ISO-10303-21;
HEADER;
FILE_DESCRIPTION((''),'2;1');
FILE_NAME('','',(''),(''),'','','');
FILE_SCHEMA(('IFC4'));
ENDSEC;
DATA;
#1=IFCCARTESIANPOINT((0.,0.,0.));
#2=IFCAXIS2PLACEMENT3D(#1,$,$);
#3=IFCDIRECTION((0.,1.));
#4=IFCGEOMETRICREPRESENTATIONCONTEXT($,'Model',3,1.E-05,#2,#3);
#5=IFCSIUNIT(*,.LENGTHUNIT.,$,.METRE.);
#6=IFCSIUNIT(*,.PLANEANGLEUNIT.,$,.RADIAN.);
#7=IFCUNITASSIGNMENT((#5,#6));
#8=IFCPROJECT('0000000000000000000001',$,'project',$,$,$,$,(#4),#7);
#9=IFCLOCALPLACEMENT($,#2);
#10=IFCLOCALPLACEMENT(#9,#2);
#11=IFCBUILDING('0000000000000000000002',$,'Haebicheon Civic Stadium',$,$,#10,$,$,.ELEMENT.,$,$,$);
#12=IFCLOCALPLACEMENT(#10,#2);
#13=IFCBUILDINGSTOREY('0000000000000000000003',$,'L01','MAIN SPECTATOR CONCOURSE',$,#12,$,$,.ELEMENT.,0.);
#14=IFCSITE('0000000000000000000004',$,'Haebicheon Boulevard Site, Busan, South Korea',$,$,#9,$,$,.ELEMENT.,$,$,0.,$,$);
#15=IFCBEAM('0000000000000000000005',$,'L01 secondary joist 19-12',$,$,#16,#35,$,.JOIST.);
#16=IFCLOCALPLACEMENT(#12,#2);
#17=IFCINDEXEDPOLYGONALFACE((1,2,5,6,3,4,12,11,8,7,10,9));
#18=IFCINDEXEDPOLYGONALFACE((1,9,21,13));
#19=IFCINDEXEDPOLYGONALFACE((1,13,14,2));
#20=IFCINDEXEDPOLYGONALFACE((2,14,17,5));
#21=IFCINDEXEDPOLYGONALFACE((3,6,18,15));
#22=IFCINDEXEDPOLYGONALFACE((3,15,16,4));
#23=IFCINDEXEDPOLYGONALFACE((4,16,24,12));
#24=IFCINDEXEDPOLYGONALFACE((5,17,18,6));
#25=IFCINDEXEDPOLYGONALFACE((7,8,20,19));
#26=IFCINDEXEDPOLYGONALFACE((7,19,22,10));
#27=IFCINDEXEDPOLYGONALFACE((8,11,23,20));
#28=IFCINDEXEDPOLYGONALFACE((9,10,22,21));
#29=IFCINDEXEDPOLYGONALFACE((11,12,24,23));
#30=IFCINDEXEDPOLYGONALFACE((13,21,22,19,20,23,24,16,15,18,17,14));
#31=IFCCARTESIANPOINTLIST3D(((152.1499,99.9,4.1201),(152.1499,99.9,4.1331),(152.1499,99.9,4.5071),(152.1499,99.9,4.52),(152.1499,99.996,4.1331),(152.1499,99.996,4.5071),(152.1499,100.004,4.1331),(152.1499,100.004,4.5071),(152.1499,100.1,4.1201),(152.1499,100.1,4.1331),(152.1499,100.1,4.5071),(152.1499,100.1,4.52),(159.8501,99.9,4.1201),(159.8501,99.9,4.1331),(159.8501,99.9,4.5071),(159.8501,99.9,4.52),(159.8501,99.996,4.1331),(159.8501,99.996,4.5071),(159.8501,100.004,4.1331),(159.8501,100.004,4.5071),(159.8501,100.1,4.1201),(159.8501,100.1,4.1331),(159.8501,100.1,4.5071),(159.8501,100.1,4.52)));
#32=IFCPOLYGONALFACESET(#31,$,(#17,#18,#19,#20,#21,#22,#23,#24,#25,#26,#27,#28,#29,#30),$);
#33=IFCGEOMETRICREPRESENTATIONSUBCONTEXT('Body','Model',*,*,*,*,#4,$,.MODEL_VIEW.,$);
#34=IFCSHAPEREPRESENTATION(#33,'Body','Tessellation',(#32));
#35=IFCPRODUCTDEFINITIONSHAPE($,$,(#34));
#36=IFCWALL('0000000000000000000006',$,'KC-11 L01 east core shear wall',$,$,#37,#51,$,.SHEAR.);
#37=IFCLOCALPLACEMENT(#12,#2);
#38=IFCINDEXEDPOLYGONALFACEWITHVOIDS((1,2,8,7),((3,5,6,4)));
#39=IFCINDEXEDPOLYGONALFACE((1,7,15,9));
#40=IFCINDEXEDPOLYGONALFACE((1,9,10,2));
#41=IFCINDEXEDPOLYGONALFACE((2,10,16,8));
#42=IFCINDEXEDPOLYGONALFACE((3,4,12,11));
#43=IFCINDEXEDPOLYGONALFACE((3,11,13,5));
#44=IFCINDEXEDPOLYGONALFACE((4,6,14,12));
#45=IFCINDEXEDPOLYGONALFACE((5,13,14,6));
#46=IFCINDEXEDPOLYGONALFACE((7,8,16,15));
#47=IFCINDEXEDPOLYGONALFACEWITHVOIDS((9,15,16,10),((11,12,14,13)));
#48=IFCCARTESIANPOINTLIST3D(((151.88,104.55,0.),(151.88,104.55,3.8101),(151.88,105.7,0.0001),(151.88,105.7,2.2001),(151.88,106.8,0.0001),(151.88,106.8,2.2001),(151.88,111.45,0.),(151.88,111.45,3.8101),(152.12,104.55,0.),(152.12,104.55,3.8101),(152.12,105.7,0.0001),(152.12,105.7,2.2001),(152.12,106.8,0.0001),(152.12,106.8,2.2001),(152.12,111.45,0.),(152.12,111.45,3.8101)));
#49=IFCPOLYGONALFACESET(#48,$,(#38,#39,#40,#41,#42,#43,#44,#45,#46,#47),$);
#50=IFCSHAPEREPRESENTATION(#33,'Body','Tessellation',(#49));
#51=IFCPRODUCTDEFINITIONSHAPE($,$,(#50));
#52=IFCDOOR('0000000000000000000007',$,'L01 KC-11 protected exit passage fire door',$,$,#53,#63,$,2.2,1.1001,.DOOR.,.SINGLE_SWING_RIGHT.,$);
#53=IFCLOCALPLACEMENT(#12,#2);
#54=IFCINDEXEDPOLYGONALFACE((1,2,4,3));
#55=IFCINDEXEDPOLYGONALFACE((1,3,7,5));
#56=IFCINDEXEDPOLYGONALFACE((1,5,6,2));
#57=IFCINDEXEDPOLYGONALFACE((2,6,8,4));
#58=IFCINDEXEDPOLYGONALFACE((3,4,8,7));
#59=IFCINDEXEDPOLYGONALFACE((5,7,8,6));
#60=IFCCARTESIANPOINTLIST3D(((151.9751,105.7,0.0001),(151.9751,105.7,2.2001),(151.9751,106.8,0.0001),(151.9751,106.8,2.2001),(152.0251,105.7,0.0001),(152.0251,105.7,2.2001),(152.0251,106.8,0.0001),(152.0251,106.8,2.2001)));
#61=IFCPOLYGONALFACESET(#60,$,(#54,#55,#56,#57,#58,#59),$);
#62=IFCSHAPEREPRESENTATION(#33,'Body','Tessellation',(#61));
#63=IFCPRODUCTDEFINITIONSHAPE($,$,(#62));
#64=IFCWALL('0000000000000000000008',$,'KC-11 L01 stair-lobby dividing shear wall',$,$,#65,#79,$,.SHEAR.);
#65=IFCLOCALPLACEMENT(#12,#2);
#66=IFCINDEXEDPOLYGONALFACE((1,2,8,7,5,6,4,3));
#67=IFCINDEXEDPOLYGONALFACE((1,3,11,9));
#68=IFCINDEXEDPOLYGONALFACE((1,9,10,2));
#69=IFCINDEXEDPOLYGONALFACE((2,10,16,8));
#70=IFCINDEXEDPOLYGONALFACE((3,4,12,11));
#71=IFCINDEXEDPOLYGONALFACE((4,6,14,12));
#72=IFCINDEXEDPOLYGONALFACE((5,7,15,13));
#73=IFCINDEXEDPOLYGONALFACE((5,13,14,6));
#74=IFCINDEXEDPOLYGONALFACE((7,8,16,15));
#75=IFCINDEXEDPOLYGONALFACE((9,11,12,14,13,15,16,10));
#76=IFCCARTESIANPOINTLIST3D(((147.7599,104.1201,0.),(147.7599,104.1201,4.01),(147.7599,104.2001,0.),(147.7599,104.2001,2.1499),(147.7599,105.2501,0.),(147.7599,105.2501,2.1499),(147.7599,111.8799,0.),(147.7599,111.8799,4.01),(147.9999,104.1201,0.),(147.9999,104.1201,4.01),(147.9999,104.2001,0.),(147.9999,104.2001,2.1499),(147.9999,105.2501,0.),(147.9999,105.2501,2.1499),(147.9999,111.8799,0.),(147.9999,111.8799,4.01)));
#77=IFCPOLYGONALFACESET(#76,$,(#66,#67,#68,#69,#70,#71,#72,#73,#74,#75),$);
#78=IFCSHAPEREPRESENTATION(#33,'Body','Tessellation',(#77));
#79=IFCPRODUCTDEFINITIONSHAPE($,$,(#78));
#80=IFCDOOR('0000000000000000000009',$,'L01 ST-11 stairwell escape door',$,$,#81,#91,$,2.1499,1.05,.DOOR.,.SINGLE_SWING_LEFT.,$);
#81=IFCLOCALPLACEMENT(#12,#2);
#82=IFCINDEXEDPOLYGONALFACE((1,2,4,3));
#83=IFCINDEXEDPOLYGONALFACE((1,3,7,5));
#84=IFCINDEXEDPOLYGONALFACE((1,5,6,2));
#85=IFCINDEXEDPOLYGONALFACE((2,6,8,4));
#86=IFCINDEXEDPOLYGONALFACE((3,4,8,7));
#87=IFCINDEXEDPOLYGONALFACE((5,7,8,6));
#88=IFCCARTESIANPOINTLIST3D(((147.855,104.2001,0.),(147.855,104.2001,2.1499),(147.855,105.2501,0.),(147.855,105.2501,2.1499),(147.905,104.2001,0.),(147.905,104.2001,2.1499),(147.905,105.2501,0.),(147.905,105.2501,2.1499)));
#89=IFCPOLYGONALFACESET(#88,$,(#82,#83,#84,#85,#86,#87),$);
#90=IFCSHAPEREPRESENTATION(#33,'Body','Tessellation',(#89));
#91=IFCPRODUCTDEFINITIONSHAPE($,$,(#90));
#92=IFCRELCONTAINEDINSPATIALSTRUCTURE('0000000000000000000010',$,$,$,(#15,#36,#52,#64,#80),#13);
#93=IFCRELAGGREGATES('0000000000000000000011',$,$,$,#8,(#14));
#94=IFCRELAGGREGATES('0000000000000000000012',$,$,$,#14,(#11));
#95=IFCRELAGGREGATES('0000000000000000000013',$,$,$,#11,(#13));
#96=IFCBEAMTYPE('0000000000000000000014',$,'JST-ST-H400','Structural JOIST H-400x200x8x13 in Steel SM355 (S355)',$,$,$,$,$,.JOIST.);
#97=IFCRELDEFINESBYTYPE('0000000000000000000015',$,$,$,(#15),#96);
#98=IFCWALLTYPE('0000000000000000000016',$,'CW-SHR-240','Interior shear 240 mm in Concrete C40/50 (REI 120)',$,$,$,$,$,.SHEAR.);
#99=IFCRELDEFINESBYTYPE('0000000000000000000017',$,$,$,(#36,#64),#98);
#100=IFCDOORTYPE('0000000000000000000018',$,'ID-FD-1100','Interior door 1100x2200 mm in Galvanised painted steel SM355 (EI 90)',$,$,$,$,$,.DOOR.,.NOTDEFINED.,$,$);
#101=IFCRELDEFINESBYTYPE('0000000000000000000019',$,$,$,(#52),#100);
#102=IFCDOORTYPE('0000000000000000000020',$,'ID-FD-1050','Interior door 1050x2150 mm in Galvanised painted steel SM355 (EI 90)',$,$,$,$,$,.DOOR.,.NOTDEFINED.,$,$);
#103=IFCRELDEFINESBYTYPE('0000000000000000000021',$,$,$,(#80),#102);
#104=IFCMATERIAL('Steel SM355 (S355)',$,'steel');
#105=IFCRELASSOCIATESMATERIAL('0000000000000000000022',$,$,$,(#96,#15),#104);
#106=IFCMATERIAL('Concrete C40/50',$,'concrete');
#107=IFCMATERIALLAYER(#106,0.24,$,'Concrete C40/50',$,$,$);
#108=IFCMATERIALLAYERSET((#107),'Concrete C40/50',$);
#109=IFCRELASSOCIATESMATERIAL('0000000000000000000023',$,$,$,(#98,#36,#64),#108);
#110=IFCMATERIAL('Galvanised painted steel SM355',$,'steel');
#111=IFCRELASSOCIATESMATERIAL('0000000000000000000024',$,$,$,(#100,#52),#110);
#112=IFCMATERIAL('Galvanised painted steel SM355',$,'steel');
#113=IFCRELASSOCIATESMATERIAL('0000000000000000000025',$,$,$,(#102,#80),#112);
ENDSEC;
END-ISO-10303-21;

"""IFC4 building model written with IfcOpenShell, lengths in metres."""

from ifc_helpers import new_model, si_unit, direction, frame, frame_2d, origin, origin_2d, place, context, subcontext, project, spatial, rectangle, i_section, extrude, material, layer, layer_set, material_profile, profile_set, type_object, element, fill, save


model = new_model("IFC4")

# Units and contexts
model_context = context("Model", 3, precision=1e-05, world=origin(), true_north=direction((0.0, 1.0)))
body_context = subcontext(model_context, "Body", "Model", "MODEL_VIEW")
ifc_project = project(units=[si_unit("LENGTHUNIT", "METRE"), si_unit("PLANEANGLEUNIT", "RADIAN")], contexts=[model_context])

# Site, building, storey
site_placement = place(None, origin())
site = spatial("IfcSite", under=ifc_project, at=site_placement, Name="Haebicheon Boulevard Site, Busan, South Korea", CompositionType="ELEMENT", RefElevation=0.0)
building_placement = place(site_placement, origin())
building = spatial("IfcBuilding", under=site, at=building_placement, Name="Haebicheon Civic Stadium", CompositionType="ELEMENT")
storey_placement = place(building_placement, origin())
storey = spatial("IfcBuildingStorey", under=building, at=storey_placement, Name="L01", Description="MAIN SPECTATOR CONCOURSE", CompositionType="ELEMENT", Elevation=0.0)

# Beam
ifc_material_1 = material(Name="Steel SM355 (S355)", Category="steel")
ifc_material_profile_1 = material_profile(ifc_material_1, i_section(OverallWidth=0.2, OverallDepth=0.3999, WebThickness=0.0081, FlangeThickness=0.0129, at=origin_2d()), Name="H-400x200x8x13")
ifc_profile_set_1 = profile_set([ifc_material_profile_1], Name="Steel SM355 (S355)")
beam_type_1 = type_object("IfcBeamType", Name="JST-ST-H400", Description="Structural JOIST H-400x200x8x13 in Steel SM355 (S355)", PredefinedType="JOIST", material=ifc_profile_set_1)
beam_1_placement = place(storey_placement, frame((152.1499, 100.0, 4.3201), z_axis=(1.0, 0.0, 0.0), x_axis=(0.0, 1.0, 0.0)))
element("IfcBeam", 1, at=beam_1_placement, inside=storey, type_object=beam_type_1, material=ifc_profile_set_1, Name="L01 secondary joist 19-12", PredefinedType="JOIST", context=body_context, shape_type="SweptSolid", body=[
    extrude(i_section(OverallWidth=0.2, OverallDepth=0.3999, WebThickness=0.0081, FlangeThickness=0.0129, at=origin_2d()), origin(), (0.0, 0.0, 1.0), 7.7002),
])

# Walls, openings, doors
ifc_material_2 = material(Name="Concrete C40/50", Category="concrete")
ifc_layer_1 = layer(ifc_material_2, 0.24, Name="Concrete C40/50")
ifc_layer_set_1 = layer_set([ifc_layer_1], Name="Concrete C40/50")
wall_type = type_object("IfcWallType", Name="CW-SHR-240", Description="Interior shear 240 mm in Concrete C40/50 (REI 120)", PredefinedType="SHEAR", material=ifc_layer_set_1)
wall_1_placement = place(storey_placement, frame((152.0, 104.55, 0.0), z_axis=(0.0, 0.0, 1.0), x_axis=(0.0, 1.0, 0.0)))
wall_1 = element("IfcWall", 2, at=wall_1_placement, inside=storey, type_object=wall_type, material=ifc_layer_set_1, Name="KC-11 L01 east core shear wall", PredefinedType="SHEAR", context=body_context, shape_type="SweptSolid", body=[
    extrude(rectangle(XDim=6.8999, YDim=0.24, at=frame_2d((3.45, 0.0))), origin(), (0.0, 0.0, 1.0), 3.8101),
])
opening_1_placement = place(wall_1_placement, frame((1.1499, 0.0, 0.0)))
opening_1 = element("IfcOpeningElement", 3, at=opening_1_placement, cuts=wall_1, PredefinedType="OPENING", context=body_context, shape_type="SweptSolid", body=[
    extrude(rectangle(XDim=1.1001, YDim=2.2, at=frame_2d((0.55, 1.1001))), frame((0.0, 0.1299, 0.0), z_axis=(0.0, -1.0, 0.0), x_axis=(1.0, 0.0, 0.0)), (0.0, 0.0, 1.0), 0.26),
])
ifc_material_3 = material(Name="Galvanised painted steel SM355", Category="steel")
door_type_1 = type_object("IfcDoorType", Name="ID-FD-1100", Description="Interior door 1100x2200 mm in Galvanised painted steel SM355 (EI 90)", OperationType="NOTDEFINED", PredefinedType="DOOR", material=ifc_material_3)
door_1_placement = place(opening_1_placement, origin())
door_1 = element("IfcDoor", 4, at=door_1_placement, inside=storey, type_object=door_type_1, material=ifc_material_3, Name="L01 KC-11 protected exit passage fire door", OperationType="SINGLE_SWING_RIGHT", OverallHeight=2.2, OverallWidth=1.1001, PredefinedType="DOOR", context=body_context, shape_type="SweptSolid", body=[
    extrude(rectangle(XDim=1.1001, YDim=2.2, at=frame_2d((0.55, 1.1001))), frame((0.0, 0.0249, 0.0), z_axis=(0.0, -1.0, 0.0), x_axis=(1.0, 0.0, 0.0)), (0.0, 0.0, 1.0), 0.05),
])
fill(opening_1, door_1)
wall_2_placement = place(storey_placement, frame((147.8799, 104.1201, 0.0), z_axis=(0.0, 0.0, 1.0), x_axis=(0.0, 1.0, 0.0)))
wall_2 = element("IfcWall", 5, at=wall_2_placement, inside=storey, type_object=wall_type, material=ifc_layer_set_1, Name="KC-11 L01 stair-lobby dividing shear wall", PredefinedType="SHEAR", context=body_context, shape_type="SweptSolid", body=[
    extrude(rectangle(XDim=7.7598, YDim=0.24, at=frame_2d((3.8799, 0.0))), origin(), (0.0, 0.0, 1.0), 4.01),
])
opening_2_placement = place(wall_2_placement, frame((0.0801, 0.0, 0.0)))
opening_2 = element("IfcOpeningElement", 6, at=opening_2_placement, cuts=wall_2, PredefinedType="OPENING", context=body_context, shape_type="SweptSolid", body=[
    extrude(rectangle(XDim=1.05, YDim=2.1499, at=frame_2d((0.5249, 1.075))), frame((0.0, 0.1299, 0.0), z_axis=(0.0, -1.0, 0.0), x_axis=(1.0, 0.0, 0.0)), (0.0, 0.0, 1.0), 0.26),
])
ifc_material_4 = material(Name="Galvanised painted steel SM355", Category="steel")
door_type_2 = type_object("IfcDoorType", Name="ID-FD-1050", Description="Interior door 1050x2150 mm in Galvanised painted steel SM355 (EI 90)", OperationType="NOTDEFINED", PredefinedType="DOOR", material=ifc_material_4)
door_2_placement = place(opening_2_placement, origin())
door_2 = element("IfcDoor", 7, at=door_2_placement, inside=storey, type_object=door_type_2, material=ifc_material_4, Name="L01 ST-11 stairwell escape door", OperationType="SINGLE_SWING_LEFT", OverallHeight=2.1499, OverallWidth=1.05, PredefinedType="DOOR", context=body_context, shape_type="SweptSolid", body=[
    extrude(rectangle(XDim=1.05, YDim=2.1499, at=frame_2d((0.5249, 1.075))), frame((0.0, 0.0249, 0.0), z_axis=(0.0, -1.0, 0.0), x_axis=(1.0, 0.0, 0.0)), (0.0, 0.0, 1.0), 0.05),
])
fill(opening_2, door_2)

save(model, "model.ifc")
